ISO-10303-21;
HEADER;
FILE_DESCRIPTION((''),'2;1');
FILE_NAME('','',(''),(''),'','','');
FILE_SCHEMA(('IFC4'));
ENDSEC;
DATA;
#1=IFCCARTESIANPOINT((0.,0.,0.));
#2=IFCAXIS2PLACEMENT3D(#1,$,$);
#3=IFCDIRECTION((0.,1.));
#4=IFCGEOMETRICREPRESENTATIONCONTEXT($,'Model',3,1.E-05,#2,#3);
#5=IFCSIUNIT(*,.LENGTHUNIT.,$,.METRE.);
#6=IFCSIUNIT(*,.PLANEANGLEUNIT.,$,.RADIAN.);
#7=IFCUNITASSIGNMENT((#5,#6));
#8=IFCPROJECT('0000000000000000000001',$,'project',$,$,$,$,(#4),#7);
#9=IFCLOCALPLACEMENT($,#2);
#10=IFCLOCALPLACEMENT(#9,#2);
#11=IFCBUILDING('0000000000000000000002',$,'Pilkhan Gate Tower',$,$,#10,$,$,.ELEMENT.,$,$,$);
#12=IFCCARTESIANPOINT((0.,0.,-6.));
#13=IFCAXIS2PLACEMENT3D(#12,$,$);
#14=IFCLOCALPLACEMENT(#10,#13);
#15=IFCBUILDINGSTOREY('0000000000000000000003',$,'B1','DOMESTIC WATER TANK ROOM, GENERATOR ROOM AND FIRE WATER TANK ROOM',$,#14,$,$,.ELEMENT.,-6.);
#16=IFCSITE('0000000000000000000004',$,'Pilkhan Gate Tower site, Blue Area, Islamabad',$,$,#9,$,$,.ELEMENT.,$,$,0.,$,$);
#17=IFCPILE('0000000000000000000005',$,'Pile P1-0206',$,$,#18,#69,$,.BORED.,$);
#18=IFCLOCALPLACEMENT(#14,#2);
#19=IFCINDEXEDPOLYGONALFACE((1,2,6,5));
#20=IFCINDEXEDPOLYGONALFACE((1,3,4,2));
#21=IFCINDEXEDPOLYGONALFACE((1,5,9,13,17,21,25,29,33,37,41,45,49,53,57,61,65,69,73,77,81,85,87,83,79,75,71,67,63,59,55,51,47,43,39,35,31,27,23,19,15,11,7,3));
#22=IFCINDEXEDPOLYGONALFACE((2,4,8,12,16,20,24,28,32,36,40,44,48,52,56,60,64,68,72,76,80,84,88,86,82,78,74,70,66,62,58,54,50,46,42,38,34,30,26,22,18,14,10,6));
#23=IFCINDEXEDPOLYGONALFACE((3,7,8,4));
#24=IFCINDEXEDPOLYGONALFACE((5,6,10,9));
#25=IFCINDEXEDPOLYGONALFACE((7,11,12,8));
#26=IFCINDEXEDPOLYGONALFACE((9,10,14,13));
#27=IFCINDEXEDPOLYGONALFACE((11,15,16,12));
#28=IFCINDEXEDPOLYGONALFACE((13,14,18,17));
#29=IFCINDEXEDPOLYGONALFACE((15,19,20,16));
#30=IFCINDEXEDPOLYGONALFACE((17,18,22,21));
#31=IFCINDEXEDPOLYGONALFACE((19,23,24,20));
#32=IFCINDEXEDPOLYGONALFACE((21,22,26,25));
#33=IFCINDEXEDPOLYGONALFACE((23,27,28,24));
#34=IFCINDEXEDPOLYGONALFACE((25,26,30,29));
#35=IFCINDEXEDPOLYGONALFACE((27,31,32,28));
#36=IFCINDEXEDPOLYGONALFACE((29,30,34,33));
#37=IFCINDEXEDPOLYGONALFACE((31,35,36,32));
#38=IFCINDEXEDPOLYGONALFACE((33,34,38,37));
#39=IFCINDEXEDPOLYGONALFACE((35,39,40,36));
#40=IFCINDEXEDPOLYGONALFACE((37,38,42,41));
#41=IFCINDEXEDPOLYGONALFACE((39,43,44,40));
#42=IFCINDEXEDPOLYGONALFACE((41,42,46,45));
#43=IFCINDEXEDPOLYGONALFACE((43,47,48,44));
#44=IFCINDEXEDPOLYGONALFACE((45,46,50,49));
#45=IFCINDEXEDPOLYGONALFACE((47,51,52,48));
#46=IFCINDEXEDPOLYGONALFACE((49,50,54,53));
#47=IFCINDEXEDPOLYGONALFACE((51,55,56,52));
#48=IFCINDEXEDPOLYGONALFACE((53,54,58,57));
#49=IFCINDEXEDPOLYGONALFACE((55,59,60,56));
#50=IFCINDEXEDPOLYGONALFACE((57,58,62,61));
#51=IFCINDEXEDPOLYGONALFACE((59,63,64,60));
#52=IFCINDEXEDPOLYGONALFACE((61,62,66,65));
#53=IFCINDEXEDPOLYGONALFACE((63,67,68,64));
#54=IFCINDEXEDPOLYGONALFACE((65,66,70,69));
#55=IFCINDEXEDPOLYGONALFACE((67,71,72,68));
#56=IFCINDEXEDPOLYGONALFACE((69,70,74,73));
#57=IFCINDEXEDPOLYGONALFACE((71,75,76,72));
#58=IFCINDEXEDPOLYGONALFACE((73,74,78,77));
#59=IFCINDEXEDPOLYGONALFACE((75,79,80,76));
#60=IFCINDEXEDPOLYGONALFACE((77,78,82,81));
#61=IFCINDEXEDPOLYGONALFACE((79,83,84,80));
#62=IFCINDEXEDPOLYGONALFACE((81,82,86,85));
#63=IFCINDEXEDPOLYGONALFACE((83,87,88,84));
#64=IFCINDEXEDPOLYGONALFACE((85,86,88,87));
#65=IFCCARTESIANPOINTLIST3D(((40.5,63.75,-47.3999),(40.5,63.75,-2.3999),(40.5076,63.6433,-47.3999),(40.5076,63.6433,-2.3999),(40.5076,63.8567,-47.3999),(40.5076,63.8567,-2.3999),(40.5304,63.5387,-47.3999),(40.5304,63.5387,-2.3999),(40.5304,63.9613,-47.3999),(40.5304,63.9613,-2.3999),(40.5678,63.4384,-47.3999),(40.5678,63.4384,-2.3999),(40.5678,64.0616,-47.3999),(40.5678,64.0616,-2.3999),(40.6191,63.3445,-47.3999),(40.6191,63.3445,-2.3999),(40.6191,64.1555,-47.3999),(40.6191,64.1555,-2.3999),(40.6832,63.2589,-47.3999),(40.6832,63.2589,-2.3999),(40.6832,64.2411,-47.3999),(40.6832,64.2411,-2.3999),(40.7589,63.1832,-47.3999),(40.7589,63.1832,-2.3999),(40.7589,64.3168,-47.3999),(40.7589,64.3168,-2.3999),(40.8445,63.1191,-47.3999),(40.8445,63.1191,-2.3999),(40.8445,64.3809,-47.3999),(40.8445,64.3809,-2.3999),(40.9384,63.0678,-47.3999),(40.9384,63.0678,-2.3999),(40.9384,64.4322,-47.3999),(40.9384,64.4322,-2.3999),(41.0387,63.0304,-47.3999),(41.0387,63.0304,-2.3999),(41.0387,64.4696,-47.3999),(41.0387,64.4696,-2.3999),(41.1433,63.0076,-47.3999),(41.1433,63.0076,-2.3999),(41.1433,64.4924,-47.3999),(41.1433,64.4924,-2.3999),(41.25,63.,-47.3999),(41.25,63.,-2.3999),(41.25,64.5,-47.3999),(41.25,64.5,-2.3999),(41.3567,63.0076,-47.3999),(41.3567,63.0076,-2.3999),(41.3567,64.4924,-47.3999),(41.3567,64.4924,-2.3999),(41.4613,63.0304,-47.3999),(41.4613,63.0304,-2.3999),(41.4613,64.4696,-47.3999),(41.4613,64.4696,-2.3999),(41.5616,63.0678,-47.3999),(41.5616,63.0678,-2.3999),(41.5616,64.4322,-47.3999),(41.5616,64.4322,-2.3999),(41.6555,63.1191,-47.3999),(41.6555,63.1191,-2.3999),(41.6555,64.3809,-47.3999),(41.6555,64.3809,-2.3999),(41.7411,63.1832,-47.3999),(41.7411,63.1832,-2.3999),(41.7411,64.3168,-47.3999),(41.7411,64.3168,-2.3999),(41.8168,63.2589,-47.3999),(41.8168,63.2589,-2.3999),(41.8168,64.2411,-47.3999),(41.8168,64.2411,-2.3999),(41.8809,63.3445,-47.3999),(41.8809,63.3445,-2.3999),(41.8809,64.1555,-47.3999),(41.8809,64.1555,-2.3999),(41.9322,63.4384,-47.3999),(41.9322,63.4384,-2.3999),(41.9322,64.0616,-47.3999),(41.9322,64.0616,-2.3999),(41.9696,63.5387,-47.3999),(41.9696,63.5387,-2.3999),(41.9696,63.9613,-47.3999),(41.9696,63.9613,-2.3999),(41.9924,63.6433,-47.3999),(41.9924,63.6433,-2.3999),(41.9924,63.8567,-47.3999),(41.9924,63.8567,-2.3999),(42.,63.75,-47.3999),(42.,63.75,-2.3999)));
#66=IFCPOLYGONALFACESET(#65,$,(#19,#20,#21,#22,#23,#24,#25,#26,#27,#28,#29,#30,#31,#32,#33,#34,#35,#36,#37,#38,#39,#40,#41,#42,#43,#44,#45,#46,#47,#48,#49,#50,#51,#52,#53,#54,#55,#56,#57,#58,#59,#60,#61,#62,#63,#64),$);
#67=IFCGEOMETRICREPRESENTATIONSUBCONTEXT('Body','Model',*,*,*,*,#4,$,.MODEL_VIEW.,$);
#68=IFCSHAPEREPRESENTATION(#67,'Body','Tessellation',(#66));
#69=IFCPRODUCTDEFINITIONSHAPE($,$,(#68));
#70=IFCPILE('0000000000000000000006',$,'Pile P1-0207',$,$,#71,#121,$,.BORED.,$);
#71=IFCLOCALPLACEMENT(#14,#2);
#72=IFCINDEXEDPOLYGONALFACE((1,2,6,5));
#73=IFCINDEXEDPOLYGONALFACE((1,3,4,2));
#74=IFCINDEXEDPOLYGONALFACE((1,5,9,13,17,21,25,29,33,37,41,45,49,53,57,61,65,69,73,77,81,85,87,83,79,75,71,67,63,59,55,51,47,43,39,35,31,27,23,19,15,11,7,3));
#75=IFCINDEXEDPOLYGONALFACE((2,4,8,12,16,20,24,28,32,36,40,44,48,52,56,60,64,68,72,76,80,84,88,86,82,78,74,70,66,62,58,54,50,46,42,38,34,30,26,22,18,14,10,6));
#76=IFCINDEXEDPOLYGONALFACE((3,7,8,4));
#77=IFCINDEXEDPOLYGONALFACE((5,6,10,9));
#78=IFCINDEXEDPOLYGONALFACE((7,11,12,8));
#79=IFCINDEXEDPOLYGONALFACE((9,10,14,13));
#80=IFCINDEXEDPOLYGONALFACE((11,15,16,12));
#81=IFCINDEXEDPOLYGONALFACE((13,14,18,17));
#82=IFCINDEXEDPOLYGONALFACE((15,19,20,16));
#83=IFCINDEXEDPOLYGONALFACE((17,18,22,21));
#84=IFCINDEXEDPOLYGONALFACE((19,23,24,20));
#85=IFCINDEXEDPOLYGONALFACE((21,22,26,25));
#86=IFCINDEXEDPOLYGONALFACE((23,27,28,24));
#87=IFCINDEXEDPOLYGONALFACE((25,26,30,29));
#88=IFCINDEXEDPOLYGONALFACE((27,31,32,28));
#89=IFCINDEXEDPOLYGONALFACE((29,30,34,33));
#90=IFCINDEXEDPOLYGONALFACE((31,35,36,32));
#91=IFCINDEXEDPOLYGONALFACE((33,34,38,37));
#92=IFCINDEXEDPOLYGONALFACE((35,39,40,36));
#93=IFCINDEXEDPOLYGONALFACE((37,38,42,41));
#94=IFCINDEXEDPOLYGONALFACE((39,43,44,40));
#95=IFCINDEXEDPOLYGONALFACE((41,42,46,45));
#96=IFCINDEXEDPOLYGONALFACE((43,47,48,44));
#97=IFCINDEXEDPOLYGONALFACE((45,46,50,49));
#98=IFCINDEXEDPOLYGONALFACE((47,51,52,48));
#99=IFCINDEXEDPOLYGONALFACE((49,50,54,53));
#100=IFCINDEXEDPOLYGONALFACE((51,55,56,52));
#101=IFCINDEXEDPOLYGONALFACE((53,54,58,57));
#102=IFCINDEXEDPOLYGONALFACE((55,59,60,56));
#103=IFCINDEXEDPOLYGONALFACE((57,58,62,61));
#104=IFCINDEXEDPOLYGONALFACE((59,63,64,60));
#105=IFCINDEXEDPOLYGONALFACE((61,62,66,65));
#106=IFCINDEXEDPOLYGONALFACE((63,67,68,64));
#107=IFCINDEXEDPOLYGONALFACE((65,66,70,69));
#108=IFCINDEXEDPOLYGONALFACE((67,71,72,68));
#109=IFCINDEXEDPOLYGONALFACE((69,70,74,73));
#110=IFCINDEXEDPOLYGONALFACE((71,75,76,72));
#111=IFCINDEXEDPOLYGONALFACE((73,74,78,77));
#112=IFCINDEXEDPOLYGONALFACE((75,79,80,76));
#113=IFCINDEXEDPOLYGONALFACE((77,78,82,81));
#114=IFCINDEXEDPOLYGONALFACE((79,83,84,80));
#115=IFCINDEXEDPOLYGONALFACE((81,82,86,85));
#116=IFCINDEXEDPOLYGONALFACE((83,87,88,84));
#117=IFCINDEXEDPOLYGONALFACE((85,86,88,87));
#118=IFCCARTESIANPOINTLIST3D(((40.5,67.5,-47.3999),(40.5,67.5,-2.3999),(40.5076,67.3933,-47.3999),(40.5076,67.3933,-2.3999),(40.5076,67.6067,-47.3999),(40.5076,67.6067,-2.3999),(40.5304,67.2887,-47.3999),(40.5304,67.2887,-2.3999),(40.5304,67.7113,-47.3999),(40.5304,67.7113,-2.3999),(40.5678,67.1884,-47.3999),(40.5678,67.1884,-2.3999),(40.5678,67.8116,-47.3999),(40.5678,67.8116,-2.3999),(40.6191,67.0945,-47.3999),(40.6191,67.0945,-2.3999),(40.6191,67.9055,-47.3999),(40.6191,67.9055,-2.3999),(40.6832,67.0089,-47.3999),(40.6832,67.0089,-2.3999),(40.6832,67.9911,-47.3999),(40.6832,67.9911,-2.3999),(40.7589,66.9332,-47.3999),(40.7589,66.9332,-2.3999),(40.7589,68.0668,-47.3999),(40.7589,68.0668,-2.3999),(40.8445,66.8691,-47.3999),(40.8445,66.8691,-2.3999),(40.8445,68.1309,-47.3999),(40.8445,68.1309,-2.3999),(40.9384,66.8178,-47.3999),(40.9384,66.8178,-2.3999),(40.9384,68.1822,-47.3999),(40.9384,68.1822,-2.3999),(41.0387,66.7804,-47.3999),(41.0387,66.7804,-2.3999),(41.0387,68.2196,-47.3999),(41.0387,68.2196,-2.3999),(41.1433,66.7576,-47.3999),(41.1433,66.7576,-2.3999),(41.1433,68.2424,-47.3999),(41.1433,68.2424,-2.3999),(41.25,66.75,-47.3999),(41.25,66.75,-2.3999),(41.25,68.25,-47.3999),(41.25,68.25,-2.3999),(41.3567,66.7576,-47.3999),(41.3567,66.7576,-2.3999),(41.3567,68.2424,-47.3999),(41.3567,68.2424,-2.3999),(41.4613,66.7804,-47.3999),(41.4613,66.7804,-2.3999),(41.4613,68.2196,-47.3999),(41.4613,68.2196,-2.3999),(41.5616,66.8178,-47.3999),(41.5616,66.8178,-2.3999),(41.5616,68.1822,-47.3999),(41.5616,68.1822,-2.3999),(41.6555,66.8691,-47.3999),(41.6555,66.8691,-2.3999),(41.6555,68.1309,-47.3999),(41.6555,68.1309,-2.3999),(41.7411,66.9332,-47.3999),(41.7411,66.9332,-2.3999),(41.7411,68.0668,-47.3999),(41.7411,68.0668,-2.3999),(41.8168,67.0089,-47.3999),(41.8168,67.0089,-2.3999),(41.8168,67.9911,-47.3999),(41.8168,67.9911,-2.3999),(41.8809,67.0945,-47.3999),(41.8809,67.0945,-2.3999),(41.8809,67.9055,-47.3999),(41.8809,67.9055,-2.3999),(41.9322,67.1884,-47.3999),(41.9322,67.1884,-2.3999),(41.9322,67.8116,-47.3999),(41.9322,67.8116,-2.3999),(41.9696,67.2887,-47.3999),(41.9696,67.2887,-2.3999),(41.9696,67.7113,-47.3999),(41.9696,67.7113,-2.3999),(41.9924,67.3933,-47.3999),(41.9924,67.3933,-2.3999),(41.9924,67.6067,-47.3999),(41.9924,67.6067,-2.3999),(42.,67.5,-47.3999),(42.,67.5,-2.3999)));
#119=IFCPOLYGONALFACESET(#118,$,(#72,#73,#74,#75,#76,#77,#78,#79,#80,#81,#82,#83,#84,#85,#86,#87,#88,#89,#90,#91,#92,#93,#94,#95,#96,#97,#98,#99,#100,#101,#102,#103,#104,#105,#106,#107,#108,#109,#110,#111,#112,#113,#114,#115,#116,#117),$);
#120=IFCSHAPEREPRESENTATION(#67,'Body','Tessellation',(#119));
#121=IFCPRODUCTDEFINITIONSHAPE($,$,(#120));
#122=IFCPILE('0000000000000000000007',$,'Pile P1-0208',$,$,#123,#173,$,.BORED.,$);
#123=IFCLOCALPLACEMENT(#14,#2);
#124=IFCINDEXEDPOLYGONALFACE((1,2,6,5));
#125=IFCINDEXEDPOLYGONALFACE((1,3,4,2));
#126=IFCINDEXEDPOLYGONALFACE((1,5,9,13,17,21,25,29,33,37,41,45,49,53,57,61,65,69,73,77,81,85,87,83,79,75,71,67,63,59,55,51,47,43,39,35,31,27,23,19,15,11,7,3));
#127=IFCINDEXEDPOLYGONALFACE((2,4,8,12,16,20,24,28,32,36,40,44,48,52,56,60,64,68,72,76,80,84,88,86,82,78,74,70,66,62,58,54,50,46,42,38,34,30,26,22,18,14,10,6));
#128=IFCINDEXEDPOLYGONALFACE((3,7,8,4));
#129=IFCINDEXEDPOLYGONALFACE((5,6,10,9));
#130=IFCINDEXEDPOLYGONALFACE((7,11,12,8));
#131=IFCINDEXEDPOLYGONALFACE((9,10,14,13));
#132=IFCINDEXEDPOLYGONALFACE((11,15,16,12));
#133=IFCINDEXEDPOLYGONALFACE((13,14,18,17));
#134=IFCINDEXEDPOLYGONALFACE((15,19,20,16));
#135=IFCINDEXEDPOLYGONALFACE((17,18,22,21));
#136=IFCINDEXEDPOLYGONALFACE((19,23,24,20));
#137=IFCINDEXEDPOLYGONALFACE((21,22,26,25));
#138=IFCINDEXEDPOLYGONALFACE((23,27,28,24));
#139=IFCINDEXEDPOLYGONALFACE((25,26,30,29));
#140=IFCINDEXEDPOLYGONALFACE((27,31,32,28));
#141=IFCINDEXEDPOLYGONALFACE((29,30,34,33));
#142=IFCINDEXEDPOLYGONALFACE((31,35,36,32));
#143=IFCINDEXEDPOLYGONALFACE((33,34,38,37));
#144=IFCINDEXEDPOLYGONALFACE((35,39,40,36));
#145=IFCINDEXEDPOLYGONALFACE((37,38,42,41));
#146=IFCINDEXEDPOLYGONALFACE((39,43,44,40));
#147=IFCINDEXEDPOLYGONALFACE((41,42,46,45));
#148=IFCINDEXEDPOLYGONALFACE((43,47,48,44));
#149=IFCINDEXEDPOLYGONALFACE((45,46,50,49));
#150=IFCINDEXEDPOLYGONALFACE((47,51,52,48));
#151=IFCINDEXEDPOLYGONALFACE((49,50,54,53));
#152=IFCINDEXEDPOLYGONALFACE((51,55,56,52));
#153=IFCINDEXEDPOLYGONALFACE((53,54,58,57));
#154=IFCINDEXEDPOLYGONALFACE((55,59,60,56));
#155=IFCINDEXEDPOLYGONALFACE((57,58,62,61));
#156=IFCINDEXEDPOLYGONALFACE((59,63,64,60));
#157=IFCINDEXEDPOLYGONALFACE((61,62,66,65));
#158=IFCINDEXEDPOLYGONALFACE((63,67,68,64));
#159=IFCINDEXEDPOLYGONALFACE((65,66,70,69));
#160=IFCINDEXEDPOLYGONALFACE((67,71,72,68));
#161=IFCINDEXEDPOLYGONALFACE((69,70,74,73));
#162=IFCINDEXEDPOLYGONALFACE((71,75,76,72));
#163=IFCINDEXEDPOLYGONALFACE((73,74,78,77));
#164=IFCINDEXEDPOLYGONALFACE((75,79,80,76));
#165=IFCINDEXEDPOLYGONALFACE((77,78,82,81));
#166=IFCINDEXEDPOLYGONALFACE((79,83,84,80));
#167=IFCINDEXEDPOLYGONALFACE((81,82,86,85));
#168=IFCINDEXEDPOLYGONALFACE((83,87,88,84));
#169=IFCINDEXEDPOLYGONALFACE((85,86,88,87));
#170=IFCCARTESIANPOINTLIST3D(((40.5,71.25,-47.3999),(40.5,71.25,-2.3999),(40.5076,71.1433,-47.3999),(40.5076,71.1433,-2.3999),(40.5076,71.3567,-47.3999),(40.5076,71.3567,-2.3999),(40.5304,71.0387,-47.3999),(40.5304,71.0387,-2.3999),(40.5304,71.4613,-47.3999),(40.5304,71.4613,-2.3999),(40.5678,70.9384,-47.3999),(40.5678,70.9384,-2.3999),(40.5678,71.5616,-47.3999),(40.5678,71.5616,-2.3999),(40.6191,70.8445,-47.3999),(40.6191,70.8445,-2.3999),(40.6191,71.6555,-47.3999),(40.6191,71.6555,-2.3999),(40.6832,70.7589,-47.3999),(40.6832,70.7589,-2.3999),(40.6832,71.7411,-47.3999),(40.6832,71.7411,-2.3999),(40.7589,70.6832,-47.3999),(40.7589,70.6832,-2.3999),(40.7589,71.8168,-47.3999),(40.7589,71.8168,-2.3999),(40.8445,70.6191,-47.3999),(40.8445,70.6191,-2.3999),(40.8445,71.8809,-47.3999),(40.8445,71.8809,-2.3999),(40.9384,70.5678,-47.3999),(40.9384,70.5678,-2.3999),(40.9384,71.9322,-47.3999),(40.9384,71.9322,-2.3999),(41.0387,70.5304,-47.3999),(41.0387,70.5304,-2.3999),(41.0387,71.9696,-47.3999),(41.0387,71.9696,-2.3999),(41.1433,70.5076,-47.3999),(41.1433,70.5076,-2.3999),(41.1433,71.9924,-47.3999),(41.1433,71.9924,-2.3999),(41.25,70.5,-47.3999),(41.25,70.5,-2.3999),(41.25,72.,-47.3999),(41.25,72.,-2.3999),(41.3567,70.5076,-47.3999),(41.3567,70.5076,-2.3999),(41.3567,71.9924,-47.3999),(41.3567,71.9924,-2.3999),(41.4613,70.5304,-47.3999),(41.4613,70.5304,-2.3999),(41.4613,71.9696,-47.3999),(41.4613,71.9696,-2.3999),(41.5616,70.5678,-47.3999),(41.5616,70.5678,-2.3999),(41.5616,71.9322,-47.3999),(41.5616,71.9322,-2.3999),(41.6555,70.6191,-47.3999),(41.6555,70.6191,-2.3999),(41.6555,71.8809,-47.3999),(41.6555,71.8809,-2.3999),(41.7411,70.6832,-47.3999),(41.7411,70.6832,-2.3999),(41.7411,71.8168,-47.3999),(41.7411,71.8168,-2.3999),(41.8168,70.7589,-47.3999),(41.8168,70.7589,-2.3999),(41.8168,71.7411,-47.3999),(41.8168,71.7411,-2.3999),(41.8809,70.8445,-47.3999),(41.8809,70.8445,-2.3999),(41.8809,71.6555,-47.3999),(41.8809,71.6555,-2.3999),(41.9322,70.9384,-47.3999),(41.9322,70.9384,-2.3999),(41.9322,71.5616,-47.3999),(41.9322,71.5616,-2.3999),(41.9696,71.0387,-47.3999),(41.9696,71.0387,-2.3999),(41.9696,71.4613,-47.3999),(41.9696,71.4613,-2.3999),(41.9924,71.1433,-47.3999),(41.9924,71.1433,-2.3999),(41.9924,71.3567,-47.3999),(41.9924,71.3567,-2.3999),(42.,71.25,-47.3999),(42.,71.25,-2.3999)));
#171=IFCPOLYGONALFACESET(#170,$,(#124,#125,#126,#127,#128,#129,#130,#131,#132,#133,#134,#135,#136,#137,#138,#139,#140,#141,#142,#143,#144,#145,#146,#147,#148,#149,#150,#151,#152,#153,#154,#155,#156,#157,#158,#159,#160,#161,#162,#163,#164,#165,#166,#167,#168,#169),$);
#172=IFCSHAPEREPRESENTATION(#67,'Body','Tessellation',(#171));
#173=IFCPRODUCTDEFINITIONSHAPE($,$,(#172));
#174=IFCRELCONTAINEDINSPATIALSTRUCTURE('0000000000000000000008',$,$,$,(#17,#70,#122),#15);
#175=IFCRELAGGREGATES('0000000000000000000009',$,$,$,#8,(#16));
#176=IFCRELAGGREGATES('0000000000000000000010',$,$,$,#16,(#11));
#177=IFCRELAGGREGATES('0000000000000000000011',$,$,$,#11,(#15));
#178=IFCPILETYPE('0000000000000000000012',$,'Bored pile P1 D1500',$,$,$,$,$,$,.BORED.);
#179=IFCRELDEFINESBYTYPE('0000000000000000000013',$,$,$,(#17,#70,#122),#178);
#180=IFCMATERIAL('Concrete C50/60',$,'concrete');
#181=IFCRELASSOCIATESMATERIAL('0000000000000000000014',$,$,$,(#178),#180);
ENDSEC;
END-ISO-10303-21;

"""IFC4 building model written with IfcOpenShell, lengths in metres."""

from ifc_helpers import new_model, si_unit, direction, frame, origin, origin_2d, place, context, subcontext, project, spatial, circle, extrude, material, material_profile, profile_set, type_object, element, save


model = new_model("IFC4")

# Units and contexts
model_context = context("Model", 3, precision=1e-05, world=origin(), true_north=direction((0.0, 1.0)))
body_context = subcontext(model_context, "Body", "Model", "MODEL_VIEW")
ifc_project = project(units=[si_unit("LENGTHUNIT", "METRE"), si_unit("PLANEANGLEUNIT", "RADIAN")], contexts=[model_context])

# Site, building, storey
site_placement = place(None, origin())
site = spatial("IfcSite", under=ifc_project, at=site_placement, Name="Pilkhan Gate Tower site, Blue Area, Islamabad", CompositionType="ELEMENT", RefElevation=0.0)
building_placement = place(site_placement, origin())
building = spatial("IfcBuilding", under=site, at=building_placement, Name="Pilkhan Gate Tower", CompositionType="ELEMENT")
storey_placement = place(building_placement, frame((0.0, 0.0, -6.0)))
storey = spatial("IfcBuildingStorey", under=building, at=storey_placement, Name="B1", Description="DOMESTIC WATER TANK ROOM, GENERATOR ROOM AND FIRE WATER TANK ROOM", CompositionType="ELEMENT", Elevation=-6.0)

# Piles
ifc_material_1 = material(Name="Concrete C50/60", Category="concrete")
ifc_material_profile = material_profile(ifc_material_1, circle(Radius=0.75, at=origin_2d()), Name="Bored pile 1500 dia")
ifc_profile_set = profile_set([ifc_material_profile], Name="Concrete C50/60")
pile_type = type_object("IfcPileType", Name="Bored pile P1 D1500", PredefinedType="BORED", material=ifc_profile_set)
for number, where, z_axis, x_axis, name in (
    (1, (41.25, 63.75, -2.3999), (0.0, 0.0, -1.0), (1.0, 0.0, 0.0), "Pile P1-0206"),
    (2, (41.25, 67.5, -2.3999), (0.0, 0.0, -1.0), (1.0, 0.0, 0.0), "Pile P1-0207"),
    (3, (41.25, 71.25, -2.3999), (0.0, 0.0, -1.0), (1.0, 0.0, 0.0), "Pile P1-0208"),
):
    element("IfcPile", number, at=place(storey_placement, frame(where, z_axis=z_axis, x_axis=x_axis)), inside=storey, type_object=pile_type, Name=name, PredefinedType="BORED", context=body_context, shape_type="SweptSolid", body=[
        extrude(circle(Radius=0.75, at=origin_2d()), origin(), (0.0, 0.0, 1.0), 45.0),
    ])

save(model, "model.ifc")
